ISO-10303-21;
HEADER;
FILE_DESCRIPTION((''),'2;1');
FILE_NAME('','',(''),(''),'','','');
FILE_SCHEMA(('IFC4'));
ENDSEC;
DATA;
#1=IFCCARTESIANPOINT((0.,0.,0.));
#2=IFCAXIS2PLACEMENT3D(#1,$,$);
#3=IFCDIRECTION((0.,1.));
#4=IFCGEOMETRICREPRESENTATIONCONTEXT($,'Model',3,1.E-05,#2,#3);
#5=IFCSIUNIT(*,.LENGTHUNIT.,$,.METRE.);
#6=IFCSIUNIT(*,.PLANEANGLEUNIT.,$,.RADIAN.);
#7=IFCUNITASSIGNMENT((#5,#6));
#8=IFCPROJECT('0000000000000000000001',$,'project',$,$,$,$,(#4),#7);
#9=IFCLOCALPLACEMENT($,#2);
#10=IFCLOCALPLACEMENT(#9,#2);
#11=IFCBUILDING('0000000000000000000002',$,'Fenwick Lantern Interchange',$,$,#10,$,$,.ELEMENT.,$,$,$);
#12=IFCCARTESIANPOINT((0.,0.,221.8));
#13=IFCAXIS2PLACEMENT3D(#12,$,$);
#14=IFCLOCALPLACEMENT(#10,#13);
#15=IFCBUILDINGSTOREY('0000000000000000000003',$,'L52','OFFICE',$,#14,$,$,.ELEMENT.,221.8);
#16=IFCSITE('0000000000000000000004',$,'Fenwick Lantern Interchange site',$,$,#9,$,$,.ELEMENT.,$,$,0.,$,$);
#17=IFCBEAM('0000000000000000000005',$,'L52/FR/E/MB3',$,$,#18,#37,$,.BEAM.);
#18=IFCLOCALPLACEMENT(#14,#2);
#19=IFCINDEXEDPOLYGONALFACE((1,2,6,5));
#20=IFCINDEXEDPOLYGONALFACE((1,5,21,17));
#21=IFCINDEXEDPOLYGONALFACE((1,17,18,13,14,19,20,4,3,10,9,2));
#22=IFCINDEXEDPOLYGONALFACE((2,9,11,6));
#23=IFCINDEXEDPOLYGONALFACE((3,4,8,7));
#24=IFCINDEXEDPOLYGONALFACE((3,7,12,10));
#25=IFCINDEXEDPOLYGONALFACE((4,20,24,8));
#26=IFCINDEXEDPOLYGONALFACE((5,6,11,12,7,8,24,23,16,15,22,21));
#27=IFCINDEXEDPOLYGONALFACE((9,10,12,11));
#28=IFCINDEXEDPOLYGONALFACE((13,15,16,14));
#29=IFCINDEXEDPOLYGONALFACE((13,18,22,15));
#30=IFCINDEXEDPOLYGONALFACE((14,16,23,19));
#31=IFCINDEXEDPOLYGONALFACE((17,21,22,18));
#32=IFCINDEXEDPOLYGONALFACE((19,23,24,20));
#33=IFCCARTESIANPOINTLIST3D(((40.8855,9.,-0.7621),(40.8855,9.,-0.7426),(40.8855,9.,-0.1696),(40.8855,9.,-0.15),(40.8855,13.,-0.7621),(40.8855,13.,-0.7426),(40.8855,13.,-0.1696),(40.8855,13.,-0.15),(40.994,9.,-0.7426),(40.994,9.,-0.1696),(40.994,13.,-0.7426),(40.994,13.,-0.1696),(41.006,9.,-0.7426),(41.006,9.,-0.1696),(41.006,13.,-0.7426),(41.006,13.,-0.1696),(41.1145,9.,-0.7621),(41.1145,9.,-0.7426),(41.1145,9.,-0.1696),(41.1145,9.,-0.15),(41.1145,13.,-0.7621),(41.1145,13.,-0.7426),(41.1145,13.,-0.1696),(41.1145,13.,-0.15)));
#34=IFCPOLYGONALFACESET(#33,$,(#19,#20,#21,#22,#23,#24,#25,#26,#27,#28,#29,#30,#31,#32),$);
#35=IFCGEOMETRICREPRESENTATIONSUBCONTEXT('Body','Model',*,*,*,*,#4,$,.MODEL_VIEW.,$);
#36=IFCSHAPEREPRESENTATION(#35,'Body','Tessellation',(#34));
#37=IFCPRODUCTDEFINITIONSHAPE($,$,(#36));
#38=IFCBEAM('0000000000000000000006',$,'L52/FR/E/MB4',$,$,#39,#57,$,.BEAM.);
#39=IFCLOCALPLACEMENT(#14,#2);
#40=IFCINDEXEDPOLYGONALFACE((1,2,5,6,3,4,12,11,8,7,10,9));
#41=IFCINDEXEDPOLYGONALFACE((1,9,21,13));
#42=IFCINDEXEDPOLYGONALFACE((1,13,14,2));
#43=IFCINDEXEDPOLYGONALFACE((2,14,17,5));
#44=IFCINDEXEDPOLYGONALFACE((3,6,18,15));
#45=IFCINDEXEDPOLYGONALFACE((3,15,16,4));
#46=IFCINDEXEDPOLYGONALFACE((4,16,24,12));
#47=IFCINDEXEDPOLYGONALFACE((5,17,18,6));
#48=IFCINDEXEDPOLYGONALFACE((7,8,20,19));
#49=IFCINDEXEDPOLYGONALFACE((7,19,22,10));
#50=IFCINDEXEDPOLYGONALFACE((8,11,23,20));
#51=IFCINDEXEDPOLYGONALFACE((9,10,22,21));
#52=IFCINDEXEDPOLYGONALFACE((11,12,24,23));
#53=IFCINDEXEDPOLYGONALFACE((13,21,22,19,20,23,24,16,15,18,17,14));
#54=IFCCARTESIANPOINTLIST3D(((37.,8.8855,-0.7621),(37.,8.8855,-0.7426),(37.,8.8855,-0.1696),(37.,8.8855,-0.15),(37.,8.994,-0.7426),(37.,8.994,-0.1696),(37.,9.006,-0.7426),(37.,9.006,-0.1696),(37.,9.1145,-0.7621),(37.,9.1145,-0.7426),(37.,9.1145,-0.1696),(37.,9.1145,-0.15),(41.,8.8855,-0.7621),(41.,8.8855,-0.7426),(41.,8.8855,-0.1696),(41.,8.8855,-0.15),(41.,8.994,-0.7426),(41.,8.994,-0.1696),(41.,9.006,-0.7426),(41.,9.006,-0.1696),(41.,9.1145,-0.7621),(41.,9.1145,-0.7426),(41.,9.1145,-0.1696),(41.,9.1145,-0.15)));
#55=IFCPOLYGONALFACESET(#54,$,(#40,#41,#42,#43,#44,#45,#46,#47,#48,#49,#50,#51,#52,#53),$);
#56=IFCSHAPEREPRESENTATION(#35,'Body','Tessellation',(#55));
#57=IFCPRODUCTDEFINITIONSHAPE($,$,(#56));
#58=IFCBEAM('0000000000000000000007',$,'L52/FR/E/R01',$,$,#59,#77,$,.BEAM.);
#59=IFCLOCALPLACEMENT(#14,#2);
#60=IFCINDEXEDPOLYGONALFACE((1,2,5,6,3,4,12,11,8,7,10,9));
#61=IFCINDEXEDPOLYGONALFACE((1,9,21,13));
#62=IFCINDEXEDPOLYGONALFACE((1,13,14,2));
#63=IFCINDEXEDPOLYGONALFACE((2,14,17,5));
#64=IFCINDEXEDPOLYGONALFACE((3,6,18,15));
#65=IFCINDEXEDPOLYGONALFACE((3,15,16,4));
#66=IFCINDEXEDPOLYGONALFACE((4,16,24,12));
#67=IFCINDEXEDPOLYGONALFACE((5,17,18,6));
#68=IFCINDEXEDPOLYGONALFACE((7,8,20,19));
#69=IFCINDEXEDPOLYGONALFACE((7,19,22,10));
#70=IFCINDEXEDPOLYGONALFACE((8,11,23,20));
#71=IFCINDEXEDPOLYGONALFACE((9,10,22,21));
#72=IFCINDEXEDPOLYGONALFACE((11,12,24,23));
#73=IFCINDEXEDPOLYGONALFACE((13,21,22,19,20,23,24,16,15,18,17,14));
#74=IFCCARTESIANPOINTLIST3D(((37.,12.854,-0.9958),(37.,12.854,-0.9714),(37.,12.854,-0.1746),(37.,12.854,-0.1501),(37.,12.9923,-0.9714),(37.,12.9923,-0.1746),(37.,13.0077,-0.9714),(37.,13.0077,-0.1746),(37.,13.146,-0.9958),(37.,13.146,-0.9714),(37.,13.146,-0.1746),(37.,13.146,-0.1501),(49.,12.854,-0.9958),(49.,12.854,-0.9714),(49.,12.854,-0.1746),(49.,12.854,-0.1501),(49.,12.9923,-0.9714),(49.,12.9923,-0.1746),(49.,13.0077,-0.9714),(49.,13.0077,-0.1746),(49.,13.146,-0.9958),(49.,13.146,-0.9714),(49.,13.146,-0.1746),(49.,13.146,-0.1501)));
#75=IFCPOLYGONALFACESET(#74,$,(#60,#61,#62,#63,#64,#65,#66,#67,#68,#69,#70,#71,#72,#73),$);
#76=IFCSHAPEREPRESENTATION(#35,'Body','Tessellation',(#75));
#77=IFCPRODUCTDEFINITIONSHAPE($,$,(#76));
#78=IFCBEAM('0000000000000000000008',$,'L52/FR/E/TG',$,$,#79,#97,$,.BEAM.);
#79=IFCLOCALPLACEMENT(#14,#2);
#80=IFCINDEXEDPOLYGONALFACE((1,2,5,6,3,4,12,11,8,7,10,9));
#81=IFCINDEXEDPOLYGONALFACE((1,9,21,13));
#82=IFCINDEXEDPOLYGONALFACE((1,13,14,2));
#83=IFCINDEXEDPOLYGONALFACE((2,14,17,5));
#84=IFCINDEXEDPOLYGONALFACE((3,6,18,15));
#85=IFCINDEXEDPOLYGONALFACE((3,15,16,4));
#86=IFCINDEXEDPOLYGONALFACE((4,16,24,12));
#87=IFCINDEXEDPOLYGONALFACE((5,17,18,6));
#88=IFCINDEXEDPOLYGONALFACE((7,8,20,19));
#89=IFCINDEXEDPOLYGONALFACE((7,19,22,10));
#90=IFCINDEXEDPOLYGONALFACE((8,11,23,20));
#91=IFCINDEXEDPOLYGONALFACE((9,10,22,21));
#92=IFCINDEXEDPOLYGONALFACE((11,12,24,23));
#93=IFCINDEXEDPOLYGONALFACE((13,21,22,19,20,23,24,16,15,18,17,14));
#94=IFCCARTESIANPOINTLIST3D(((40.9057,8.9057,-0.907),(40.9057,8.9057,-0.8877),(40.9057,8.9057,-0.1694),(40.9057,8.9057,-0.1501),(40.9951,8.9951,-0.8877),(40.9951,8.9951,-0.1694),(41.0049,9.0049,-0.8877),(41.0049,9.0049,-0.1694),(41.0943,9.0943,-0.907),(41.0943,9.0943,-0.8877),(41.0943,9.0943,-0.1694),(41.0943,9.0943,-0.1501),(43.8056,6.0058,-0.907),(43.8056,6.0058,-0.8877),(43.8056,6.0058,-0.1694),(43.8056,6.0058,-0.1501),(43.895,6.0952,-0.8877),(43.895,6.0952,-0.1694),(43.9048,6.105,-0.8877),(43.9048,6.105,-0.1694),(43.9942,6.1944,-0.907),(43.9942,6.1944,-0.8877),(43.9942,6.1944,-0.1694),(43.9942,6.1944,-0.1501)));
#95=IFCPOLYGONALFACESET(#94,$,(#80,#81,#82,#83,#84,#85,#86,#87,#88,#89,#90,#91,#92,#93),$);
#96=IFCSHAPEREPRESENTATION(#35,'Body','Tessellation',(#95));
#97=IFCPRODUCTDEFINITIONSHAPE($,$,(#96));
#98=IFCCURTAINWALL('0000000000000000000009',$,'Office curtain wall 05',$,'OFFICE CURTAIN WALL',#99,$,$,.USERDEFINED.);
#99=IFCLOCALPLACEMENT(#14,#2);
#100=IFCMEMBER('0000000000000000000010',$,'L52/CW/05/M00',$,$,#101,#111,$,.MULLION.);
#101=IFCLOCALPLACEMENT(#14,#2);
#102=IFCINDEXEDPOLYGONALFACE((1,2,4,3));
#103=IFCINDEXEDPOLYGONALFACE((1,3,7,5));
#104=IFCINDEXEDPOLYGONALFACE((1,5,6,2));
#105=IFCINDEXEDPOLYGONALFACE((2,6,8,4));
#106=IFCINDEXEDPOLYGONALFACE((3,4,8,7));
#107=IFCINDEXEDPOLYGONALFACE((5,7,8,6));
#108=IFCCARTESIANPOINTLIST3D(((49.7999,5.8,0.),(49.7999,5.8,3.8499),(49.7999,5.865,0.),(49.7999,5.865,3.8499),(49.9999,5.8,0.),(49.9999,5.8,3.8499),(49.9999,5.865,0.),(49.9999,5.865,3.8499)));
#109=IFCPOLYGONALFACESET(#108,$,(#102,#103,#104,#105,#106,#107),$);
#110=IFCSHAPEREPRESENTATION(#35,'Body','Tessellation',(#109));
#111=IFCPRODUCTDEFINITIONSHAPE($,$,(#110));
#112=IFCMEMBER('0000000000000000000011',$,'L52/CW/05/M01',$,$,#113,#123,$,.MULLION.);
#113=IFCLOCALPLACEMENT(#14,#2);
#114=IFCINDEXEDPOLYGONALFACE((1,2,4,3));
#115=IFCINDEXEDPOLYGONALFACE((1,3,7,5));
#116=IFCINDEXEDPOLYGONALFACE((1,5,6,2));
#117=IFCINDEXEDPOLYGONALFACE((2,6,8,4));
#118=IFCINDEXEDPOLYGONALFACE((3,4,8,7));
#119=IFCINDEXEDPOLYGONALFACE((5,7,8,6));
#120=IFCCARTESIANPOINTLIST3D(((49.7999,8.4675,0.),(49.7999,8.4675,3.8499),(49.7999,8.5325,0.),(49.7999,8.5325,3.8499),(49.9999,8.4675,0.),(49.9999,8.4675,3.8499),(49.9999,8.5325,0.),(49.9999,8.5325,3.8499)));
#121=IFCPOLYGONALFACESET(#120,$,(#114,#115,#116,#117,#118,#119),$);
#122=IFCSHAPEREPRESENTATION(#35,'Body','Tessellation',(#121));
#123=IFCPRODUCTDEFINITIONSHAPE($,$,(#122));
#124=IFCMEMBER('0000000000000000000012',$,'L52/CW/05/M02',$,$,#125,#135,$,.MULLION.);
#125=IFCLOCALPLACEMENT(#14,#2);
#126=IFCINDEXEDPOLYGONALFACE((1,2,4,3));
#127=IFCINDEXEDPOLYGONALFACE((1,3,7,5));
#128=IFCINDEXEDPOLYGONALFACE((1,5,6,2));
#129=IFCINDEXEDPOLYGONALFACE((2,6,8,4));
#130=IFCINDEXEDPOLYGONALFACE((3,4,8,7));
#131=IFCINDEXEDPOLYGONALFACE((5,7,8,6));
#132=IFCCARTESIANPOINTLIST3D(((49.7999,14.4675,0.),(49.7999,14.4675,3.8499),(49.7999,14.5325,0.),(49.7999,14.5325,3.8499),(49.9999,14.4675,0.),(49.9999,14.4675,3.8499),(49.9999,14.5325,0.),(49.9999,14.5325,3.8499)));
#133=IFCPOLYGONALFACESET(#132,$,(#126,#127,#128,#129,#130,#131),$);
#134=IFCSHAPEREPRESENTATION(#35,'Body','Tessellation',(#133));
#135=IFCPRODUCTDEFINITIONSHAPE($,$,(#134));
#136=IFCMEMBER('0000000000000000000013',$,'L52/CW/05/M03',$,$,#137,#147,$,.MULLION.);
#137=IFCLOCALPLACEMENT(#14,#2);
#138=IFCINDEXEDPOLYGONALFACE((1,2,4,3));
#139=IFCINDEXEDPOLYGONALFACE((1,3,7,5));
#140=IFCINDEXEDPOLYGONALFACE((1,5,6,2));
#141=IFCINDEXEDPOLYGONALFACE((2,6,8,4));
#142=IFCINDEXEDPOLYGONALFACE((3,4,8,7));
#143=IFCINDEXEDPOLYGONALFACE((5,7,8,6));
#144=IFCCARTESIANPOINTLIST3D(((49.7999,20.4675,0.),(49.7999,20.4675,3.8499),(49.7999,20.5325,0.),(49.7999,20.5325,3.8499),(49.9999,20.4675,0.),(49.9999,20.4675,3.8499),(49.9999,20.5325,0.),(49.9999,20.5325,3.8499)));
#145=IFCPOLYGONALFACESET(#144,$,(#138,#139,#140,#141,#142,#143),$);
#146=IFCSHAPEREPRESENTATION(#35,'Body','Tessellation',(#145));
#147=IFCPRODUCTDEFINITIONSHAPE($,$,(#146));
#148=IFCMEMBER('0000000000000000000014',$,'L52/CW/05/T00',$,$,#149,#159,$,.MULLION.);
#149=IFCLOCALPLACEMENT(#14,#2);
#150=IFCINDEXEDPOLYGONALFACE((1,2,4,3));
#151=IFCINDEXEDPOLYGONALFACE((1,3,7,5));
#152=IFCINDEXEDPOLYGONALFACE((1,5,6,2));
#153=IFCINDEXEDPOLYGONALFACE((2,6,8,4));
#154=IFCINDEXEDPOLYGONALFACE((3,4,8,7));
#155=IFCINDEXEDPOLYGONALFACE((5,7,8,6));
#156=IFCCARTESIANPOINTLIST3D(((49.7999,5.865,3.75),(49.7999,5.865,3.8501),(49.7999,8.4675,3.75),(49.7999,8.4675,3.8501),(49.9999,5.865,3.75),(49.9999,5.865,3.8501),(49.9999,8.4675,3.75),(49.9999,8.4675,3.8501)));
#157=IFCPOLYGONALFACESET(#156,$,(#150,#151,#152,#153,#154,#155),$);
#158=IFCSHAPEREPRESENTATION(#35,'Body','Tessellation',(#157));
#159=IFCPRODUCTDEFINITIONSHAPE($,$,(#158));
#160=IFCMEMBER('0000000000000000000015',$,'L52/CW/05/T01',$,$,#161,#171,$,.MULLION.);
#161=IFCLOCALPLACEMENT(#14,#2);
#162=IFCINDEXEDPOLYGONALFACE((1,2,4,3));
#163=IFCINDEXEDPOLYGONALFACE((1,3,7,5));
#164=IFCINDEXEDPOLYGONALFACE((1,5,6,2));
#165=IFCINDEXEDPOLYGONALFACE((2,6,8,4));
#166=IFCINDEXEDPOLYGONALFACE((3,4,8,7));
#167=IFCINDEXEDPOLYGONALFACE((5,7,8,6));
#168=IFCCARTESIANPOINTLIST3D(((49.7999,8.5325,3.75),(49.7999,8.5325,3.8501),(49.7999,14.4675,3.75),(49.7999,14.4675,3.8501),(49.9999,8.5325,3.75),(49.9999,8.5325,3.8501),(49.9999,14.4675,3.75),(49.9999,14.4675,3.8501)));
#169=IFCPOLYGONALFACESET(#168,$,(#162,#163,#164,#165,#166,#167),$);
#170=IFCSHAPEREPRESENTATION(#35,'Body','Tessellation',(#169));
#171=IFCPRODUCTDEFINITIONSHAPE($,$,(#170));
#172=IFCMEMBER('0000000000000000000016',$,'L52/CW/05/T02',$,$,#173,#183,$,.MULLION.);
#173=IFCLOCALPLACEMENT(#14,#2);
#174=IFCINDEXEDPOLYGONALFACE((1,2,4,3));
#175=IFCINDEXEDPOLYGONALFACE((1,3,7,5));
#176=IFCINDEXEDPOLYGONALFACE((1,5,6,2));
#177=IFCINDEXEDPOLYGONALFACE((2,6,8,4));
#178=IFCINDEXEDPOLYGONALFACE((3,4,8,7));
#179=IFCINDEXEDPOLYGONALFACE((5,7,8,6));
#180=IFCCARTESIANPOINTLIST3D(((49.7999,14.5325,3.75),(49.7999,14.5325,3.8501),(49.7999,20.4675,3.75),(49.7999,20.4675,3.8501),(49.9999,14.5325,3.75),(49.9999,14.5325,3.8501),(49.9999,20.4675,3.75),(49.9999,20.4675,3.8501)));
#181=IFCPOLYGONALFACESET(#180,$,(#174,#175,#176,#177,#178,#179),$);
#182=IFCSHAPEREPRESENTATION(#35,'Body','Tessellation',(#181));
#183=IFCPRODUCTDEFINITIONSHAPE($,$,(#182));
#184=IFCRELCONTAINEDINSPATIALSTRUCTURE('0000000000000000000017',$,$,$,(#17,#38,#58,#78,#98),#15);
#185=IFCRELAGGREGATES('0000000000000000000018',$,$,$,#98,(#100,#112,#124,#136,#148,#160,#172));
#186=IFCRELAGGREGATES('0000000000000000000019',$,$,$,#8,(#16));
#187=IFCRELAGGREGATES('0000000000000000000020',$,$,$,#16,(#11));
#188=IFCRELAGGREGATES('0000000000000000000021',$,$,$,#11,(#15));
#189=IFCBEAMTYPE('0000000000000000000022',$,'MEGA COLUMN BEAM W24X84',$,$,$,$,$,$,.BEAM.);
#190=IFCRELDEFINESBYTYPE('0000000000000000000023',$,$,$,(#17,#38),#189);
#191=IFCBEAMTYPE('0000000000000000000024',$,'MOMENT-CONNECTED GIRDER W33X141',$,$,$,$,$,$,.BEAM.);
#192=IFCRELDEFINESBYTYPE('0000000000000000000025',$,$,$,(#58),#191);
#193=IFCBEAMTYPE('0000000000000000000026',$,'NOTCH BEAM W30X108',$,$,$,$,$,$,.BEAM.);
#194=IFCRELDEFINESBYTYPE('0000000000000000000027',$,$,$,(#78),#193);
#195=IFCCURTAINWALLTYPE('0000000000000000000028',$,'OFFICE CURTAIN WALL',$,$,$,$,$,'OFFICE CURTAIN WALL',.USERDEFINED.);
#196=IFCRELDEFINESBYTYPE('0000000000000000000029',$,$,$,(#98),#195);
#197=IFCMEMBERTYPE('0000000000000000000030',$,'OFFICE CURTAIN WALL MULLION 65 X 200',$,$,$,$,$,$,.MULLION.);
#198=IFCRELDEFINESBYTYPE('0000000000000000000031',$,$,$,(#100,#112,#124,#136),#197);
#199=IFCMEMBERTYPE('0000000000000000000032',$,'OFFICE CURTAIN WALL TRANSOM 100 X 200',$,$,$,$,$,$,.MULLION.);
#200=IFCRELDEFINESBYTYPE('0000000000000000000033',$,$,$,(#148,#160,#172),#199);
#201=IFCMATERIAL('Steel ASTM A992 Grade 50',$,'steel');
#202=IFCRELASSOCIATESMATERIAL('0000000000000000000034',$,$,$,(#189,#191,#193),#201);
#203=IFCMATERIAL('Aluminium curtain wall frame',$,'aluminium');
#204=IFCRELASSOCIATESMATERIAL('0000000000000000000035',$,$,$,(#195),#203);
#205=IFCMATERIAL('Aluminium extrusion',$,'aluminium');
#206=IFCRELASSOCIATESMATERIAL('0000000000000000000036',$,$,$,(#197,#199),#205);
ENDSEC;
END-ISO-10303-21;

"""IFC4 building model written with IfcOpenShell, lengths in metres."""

from ifc_helpers import new_model, si_unit, direction, frame, origin, origin_2d, place, context, subcontext, project, spatial, rectangle, i_section, extrude, material, material_profile, profile_set, type_object, element, aggregate, save


model = new_model("IFC4")

# Units and contexts
model_context = context("Model", 3, precision=1e-05, world=origin(), true_north=direction((0.0, 1.0)))
body_context = subcontext(model_context, "Body", "Model", "MODEL_VIEW")
ifc_project = project(units=[si_unit("LENGTHUNIT", "METRE"), si_unit("PLANEANGLEUNIT", "RADIAN")], contexts=[model_context])

# Site, building, storey
site_placement = place(None, origin())
site = spatial("IfcSite", under=ifc_project, at=site_placement, Name="Fenwick Lantern Interchange site", CompositionType="ELEMENT", RefElevation=0.0)
building_placement = place(site_placement, origin())
building = spatial("IfcBuilding", under=site, at=building_placement, Name="Fenwick Lantern Interchange", CompositionType="ELEMENT")
storey_placement = place(building_placement, frame((0.0, 0.0, 221.8)))
storey = spatial("IfcBuildingStorey", under=building, at=storey_placement, Name="L52", Description="OFFICE", CompositionType="ELEMENT", Elevation=221.8)

# Shared definitions
ifc_material_1 = material(Name="Steel ASTM A992 Grade 50", Category="steel")

# Beams
ifc_material_profile_1 = material_profile(ifc_material_1, i_section(OverallWidth=0.229, OverallDepth=0.6121, WebThickness=0.012, FlangeThickness=0.0195, at=origin_2d()), Name="W24X84")
ifc_profile_set_1 = profile_set([ifc_material_profile_1], Name="Steel ASTM A992 Grade 50")
beam_type_1 = type_object("IfcBeamType", Name="MEGA COLUMN BEAM W24X84", PredefinedType="BEAM", material=ifc_profile_set_1)
for number, where, z_axis, x_axis, name in (
    (1, (41.0, 9.0, -0.4561), (0.0, 1.0, 0.0), (-1.0, 0.0, 0.0), "L52/FR/E/MB3"),
    (2, (41.0, 9.0, -0.4561), (-1.0, 0.0, 0.0), (0.0, -1.0, 0.0), "L52/FR/E/MB4"),
):
    element("IfcBeam", number, at=place(storey_placement, frame(where, z_axis=z_axis, x_axis=x_axis)), inside=storey, type_object=beam_type_1, Name=name, PredefinedType="BEAM", context=body_context, shape_type="SweptSolid", body=[
        extrude(i_section(OverallWidth=0.229, OverallDepth=0.6121, WebThickness=0.012, FlangeThickness=0.0195, at=origin_2d()), origin(), (0.0, 0.0, 1.0), 4.0),
    ])
ifc_material_profile_2 = material_profile(ifc_material_1, i_section(OverallWidth=0.292, OverallDepth=0.8457, WebThickness=0.0154, FlangeThickness=0.0244, at=origin_2d()), Name="W33X141")
ifc_profile_set_2 = profile_set([ifc_material_profile_2], Name="Steel ASTM A992 Grade 50")
beam_type_2 = type_object("IfcBeamType", Name="MOMENT-CONNECTED GIRDER W33X141", PredefinedType="BEAM", material=ifc_profile_set_2)
beam_1_placement = place(storey_placement, frame((49.0, 13.0, -0.573), z_axis=(-1.0, 0.0, 0.0), x_axis=(0.0, -1.0, 0.0)))
element("IfcBeam", 3, at=beam_1_placement, inside=storey, type_object=beam_type_2, Name="L52/FR/E/R01", PredefinedType="BEAM", context=body_context, shape_type="SweptSolid", body=[
    extrude(i_section(OverallWidth=0.292, OverallDepth=0.8457, WebThickness=0.0154, FlangeThickness=0.0244, at=origin_2d()), origin(), (0.0, 0.0, 1.0), 12.0),
])
ifc_material_profile_3 = material_profile(ifc_material_1, i_section(OverallWidth=0.2666, OverallDepth=0.7568, WebThickness=0.0139, FlangeThickness=0.0193, at=origin_2d()), Name="W30X108")
ifc_profile_set_3 = profile_set([ifc_material_profile_3], Name="Steel ASTM A992 Grade 50")
beam_type_3 = type_object("IfcBeamType", Name="NOTCH BEAM W30X108", PredefinedType="BEAM", material=ifc_profile_set_3)
beam_2_placement = place(storey_placement, frame((41.0, 9.0, -0.5286), z_axis=(0.707107, -0.707107, 0.0), x_axis=(0.707107, 0.707107, 0.0)))
element("IfcBeam", 4, at=beam_2_placement, inside=storey, type_object=beam_type_3, Name="L52/FR/E/TG", PredefinedType="BEAM", context=body_context, shape_type="SweptSolid", body=[
    extrude(i_section(OverallWidth=0.2666, OverallDepth=0.7568, WebThickness=0.0139, FlangeThickness=0.0193, at=origin_2d()), origin(), (0.0, 0.0, 1.0), 4.1011),
])

# Curtain wall, members
ifc_material_2 = material(Name="Aluminium curtain wall frame", Category="aluminium")
curtain_wall_type = type_object("IfcCurtainWallType", Name="OFFICE CURTAIN WALL", ElementType="OFFICE CURTAIN WALL", PredefinedType="USERDEFINED", material=ifc_material_2)
curtain_wall_placement = place(storey_placement, origin())
curtain_wall = element("IfcCurtainWall", 5, at=curtain_wall_placement, inside=storey, type_object=curtain_wall_type, Name="Office curtain wall 05", ObjectType="OFFICE CURTAIN WALL", PredefinedType="USERDEFINED")
ifc_material_3 = material(Name="Aluminium extrusion", Category="aluminium")
ifc_material_profile_4 = material_profile(ifc_material_3, rectangle(XDim=0.2, YDim=0.0649, at=origin_2d()), Name="OFFICE CURTAIN WALL MULLION 65 X 200")
ifc_profile_set_4 = profile_set([ifc_material_profile_4], Name="Aluminium extrusion")
member_type_1 = type_object("IfcMemberType", Name="OFFICE CURTAIN WALL MULLION 65 X 200", PredefinedType="MULLION", material=ifc_profile_set_4)
member_1_placement = place(storey_placement, frame((49.8999, 5.8325, 0.0), z_axis=(0.0, 0.0, 1.0), x_axis=(-1.0, 0.0, 0.0)))
member_1 = element("IfcMember", 6, at=member_1_placement, type_object=member_type_1, Name="L52/CW/05/M00", PredefinedType="MULLION", context=body_context, shape_type="SweptSolid", body=[
    extrude(rectangle(XDim=0.2, YDim=0.0649, at=origin_2d()), origin(), (0.0, 0.0, 1.0), 3.8499),
])
member_2_placement = place(storey_placement, frame((49.8999, 8.5, 0.0), z_axis=(0.0, 0.0, 1.0), x_axis=(-1.0, 0.0, 0.0)))
member_2 = element("IfcMember", 7, at=member_2_placement, type_object=member_type_1, Name="L52/CW/05/M01", PredefinedType="MULLION", context=body_context, shape_type="SweptSolid", body=[
    extrude(rectangle(XDim=0.2, YDim=0.0649, at=origin_2d()), origin(), (0.0, 0.0, 1.0), 3.8499),
])
member_3_placement = place(storey_placement, frame((49.8999, 14.5, 0.0), z_axis=(0.0, 0.0, 1.0), x_axis=(-1.0, 0.0, 0.0)))
member_3 = element("IfcMember", 8, at=member_3_placement, type_object=member_type_1, Name="L52/CW/05/M02", PredefinedType="MULLION", context=body_context, shape_type="SweptSolid", body=[
    extrude(rectangle(XDim=0.2, YDim=0.0649, at=origin_2d()), origin(), (0.0, 0.0, 1.0), 3.8499),
])
member_4_placement = place(storey_placement, frame((49.8999, 20.5, 0.0), z_axis=(0.0, 0.0, 1.0), x_axis=(-1.0, 0.0, 0.0)))
member_4 = element("IfcMember", 9, at=member_4_placement, type_object=member_type_1, Name="L52/CW/05/M03", PredefinedType="MULLION", context=body_context, shape_type="SweptSolid", body=[
    extrude(rectangle(XDim=0.2, YDim=0.0649, at=origin_2d()), origin(), (0.0, 0.0, 1.0), 3.8499),
])
ifc_material_profile_5 = material_profile(ifc_material_3, rectangle(XDim=0.2, YDim=0.1001, at=origin_2d()), Name="OFFICE CURTAIN WALL TRANSOM 100 X 200")
ifc_profile_set_5 = profile_set([ifc_material_profile_5], Name="Aluminium extrusion")
member_type_2 = type_object("IfcMemberType", Name="OFFICE CURTAIN WALL TRANSOM 100 X 200", PredefinedType="MULLION", material=ifc_profile_set_5)
member_5_placement = place(storey_placement, frame((49.8999, 5.865, 3.8), z_axis=(0.0, 1.0, 0.0), x_axis=(-1.0, 0.0, 0.0)))
member_5 = element("IfcMember", 10, at=member_5_placement, type_object=member_type_2, Name="L52/CW/05/T00", PredefinedType="MULLION", context=body_context, shape_type="SweptSolid", body=[
    extrude(rectangle(XDim=0.2, YDim=0.1001, at=origin_2d()), origin(), (0.0, 0.0, 1.0), 2.6025),
])
member_6_placement = place(storey_placement, frame((49.8999, 8.5325, 3.8), z_axis=(0.0, 1.0, 0.0), x_axis=(-1.0, 0.0, 0.0)))
member_6 = element("IfcMember", 11, at=member_6_placement, type_object=member_type_2, Name="L52/CW/05/T01", PredefinedType="MULLION", context=body_context, shape_type="SweptSolid", body=[
    extrude(rectangle(XDim=0.2, YDim=0.1001, at=origin_2d()), origin(), (0.0, 0.0, 1.0), 5.9351),
])
member_7_placement = place(storey_placement, frame((49.8999, 14.5325, 3.8), z_axis=(0.0, 1.0, 0.0), x_axis=(-1.0, 0.0, 0.0)))
member_7 = element("IfcMember", 12, at=member_7_placement, type_object=member_type_2, Name="L52/CW/05/T02", PredefinedType="MULLION", context=body_context, shape_type="SweptSolid", body=[
    extrude(rectangle(XDim=0.2, YDim=0.1001, at=origin_2d()), origin(), (0.0, 0.0, 1.0), 5.9351),
])
aggregate(curtain_wall, [member_1, member_2, member_3, member_4, member_5, member_6, member_7])

save(model, "model.ifc")
